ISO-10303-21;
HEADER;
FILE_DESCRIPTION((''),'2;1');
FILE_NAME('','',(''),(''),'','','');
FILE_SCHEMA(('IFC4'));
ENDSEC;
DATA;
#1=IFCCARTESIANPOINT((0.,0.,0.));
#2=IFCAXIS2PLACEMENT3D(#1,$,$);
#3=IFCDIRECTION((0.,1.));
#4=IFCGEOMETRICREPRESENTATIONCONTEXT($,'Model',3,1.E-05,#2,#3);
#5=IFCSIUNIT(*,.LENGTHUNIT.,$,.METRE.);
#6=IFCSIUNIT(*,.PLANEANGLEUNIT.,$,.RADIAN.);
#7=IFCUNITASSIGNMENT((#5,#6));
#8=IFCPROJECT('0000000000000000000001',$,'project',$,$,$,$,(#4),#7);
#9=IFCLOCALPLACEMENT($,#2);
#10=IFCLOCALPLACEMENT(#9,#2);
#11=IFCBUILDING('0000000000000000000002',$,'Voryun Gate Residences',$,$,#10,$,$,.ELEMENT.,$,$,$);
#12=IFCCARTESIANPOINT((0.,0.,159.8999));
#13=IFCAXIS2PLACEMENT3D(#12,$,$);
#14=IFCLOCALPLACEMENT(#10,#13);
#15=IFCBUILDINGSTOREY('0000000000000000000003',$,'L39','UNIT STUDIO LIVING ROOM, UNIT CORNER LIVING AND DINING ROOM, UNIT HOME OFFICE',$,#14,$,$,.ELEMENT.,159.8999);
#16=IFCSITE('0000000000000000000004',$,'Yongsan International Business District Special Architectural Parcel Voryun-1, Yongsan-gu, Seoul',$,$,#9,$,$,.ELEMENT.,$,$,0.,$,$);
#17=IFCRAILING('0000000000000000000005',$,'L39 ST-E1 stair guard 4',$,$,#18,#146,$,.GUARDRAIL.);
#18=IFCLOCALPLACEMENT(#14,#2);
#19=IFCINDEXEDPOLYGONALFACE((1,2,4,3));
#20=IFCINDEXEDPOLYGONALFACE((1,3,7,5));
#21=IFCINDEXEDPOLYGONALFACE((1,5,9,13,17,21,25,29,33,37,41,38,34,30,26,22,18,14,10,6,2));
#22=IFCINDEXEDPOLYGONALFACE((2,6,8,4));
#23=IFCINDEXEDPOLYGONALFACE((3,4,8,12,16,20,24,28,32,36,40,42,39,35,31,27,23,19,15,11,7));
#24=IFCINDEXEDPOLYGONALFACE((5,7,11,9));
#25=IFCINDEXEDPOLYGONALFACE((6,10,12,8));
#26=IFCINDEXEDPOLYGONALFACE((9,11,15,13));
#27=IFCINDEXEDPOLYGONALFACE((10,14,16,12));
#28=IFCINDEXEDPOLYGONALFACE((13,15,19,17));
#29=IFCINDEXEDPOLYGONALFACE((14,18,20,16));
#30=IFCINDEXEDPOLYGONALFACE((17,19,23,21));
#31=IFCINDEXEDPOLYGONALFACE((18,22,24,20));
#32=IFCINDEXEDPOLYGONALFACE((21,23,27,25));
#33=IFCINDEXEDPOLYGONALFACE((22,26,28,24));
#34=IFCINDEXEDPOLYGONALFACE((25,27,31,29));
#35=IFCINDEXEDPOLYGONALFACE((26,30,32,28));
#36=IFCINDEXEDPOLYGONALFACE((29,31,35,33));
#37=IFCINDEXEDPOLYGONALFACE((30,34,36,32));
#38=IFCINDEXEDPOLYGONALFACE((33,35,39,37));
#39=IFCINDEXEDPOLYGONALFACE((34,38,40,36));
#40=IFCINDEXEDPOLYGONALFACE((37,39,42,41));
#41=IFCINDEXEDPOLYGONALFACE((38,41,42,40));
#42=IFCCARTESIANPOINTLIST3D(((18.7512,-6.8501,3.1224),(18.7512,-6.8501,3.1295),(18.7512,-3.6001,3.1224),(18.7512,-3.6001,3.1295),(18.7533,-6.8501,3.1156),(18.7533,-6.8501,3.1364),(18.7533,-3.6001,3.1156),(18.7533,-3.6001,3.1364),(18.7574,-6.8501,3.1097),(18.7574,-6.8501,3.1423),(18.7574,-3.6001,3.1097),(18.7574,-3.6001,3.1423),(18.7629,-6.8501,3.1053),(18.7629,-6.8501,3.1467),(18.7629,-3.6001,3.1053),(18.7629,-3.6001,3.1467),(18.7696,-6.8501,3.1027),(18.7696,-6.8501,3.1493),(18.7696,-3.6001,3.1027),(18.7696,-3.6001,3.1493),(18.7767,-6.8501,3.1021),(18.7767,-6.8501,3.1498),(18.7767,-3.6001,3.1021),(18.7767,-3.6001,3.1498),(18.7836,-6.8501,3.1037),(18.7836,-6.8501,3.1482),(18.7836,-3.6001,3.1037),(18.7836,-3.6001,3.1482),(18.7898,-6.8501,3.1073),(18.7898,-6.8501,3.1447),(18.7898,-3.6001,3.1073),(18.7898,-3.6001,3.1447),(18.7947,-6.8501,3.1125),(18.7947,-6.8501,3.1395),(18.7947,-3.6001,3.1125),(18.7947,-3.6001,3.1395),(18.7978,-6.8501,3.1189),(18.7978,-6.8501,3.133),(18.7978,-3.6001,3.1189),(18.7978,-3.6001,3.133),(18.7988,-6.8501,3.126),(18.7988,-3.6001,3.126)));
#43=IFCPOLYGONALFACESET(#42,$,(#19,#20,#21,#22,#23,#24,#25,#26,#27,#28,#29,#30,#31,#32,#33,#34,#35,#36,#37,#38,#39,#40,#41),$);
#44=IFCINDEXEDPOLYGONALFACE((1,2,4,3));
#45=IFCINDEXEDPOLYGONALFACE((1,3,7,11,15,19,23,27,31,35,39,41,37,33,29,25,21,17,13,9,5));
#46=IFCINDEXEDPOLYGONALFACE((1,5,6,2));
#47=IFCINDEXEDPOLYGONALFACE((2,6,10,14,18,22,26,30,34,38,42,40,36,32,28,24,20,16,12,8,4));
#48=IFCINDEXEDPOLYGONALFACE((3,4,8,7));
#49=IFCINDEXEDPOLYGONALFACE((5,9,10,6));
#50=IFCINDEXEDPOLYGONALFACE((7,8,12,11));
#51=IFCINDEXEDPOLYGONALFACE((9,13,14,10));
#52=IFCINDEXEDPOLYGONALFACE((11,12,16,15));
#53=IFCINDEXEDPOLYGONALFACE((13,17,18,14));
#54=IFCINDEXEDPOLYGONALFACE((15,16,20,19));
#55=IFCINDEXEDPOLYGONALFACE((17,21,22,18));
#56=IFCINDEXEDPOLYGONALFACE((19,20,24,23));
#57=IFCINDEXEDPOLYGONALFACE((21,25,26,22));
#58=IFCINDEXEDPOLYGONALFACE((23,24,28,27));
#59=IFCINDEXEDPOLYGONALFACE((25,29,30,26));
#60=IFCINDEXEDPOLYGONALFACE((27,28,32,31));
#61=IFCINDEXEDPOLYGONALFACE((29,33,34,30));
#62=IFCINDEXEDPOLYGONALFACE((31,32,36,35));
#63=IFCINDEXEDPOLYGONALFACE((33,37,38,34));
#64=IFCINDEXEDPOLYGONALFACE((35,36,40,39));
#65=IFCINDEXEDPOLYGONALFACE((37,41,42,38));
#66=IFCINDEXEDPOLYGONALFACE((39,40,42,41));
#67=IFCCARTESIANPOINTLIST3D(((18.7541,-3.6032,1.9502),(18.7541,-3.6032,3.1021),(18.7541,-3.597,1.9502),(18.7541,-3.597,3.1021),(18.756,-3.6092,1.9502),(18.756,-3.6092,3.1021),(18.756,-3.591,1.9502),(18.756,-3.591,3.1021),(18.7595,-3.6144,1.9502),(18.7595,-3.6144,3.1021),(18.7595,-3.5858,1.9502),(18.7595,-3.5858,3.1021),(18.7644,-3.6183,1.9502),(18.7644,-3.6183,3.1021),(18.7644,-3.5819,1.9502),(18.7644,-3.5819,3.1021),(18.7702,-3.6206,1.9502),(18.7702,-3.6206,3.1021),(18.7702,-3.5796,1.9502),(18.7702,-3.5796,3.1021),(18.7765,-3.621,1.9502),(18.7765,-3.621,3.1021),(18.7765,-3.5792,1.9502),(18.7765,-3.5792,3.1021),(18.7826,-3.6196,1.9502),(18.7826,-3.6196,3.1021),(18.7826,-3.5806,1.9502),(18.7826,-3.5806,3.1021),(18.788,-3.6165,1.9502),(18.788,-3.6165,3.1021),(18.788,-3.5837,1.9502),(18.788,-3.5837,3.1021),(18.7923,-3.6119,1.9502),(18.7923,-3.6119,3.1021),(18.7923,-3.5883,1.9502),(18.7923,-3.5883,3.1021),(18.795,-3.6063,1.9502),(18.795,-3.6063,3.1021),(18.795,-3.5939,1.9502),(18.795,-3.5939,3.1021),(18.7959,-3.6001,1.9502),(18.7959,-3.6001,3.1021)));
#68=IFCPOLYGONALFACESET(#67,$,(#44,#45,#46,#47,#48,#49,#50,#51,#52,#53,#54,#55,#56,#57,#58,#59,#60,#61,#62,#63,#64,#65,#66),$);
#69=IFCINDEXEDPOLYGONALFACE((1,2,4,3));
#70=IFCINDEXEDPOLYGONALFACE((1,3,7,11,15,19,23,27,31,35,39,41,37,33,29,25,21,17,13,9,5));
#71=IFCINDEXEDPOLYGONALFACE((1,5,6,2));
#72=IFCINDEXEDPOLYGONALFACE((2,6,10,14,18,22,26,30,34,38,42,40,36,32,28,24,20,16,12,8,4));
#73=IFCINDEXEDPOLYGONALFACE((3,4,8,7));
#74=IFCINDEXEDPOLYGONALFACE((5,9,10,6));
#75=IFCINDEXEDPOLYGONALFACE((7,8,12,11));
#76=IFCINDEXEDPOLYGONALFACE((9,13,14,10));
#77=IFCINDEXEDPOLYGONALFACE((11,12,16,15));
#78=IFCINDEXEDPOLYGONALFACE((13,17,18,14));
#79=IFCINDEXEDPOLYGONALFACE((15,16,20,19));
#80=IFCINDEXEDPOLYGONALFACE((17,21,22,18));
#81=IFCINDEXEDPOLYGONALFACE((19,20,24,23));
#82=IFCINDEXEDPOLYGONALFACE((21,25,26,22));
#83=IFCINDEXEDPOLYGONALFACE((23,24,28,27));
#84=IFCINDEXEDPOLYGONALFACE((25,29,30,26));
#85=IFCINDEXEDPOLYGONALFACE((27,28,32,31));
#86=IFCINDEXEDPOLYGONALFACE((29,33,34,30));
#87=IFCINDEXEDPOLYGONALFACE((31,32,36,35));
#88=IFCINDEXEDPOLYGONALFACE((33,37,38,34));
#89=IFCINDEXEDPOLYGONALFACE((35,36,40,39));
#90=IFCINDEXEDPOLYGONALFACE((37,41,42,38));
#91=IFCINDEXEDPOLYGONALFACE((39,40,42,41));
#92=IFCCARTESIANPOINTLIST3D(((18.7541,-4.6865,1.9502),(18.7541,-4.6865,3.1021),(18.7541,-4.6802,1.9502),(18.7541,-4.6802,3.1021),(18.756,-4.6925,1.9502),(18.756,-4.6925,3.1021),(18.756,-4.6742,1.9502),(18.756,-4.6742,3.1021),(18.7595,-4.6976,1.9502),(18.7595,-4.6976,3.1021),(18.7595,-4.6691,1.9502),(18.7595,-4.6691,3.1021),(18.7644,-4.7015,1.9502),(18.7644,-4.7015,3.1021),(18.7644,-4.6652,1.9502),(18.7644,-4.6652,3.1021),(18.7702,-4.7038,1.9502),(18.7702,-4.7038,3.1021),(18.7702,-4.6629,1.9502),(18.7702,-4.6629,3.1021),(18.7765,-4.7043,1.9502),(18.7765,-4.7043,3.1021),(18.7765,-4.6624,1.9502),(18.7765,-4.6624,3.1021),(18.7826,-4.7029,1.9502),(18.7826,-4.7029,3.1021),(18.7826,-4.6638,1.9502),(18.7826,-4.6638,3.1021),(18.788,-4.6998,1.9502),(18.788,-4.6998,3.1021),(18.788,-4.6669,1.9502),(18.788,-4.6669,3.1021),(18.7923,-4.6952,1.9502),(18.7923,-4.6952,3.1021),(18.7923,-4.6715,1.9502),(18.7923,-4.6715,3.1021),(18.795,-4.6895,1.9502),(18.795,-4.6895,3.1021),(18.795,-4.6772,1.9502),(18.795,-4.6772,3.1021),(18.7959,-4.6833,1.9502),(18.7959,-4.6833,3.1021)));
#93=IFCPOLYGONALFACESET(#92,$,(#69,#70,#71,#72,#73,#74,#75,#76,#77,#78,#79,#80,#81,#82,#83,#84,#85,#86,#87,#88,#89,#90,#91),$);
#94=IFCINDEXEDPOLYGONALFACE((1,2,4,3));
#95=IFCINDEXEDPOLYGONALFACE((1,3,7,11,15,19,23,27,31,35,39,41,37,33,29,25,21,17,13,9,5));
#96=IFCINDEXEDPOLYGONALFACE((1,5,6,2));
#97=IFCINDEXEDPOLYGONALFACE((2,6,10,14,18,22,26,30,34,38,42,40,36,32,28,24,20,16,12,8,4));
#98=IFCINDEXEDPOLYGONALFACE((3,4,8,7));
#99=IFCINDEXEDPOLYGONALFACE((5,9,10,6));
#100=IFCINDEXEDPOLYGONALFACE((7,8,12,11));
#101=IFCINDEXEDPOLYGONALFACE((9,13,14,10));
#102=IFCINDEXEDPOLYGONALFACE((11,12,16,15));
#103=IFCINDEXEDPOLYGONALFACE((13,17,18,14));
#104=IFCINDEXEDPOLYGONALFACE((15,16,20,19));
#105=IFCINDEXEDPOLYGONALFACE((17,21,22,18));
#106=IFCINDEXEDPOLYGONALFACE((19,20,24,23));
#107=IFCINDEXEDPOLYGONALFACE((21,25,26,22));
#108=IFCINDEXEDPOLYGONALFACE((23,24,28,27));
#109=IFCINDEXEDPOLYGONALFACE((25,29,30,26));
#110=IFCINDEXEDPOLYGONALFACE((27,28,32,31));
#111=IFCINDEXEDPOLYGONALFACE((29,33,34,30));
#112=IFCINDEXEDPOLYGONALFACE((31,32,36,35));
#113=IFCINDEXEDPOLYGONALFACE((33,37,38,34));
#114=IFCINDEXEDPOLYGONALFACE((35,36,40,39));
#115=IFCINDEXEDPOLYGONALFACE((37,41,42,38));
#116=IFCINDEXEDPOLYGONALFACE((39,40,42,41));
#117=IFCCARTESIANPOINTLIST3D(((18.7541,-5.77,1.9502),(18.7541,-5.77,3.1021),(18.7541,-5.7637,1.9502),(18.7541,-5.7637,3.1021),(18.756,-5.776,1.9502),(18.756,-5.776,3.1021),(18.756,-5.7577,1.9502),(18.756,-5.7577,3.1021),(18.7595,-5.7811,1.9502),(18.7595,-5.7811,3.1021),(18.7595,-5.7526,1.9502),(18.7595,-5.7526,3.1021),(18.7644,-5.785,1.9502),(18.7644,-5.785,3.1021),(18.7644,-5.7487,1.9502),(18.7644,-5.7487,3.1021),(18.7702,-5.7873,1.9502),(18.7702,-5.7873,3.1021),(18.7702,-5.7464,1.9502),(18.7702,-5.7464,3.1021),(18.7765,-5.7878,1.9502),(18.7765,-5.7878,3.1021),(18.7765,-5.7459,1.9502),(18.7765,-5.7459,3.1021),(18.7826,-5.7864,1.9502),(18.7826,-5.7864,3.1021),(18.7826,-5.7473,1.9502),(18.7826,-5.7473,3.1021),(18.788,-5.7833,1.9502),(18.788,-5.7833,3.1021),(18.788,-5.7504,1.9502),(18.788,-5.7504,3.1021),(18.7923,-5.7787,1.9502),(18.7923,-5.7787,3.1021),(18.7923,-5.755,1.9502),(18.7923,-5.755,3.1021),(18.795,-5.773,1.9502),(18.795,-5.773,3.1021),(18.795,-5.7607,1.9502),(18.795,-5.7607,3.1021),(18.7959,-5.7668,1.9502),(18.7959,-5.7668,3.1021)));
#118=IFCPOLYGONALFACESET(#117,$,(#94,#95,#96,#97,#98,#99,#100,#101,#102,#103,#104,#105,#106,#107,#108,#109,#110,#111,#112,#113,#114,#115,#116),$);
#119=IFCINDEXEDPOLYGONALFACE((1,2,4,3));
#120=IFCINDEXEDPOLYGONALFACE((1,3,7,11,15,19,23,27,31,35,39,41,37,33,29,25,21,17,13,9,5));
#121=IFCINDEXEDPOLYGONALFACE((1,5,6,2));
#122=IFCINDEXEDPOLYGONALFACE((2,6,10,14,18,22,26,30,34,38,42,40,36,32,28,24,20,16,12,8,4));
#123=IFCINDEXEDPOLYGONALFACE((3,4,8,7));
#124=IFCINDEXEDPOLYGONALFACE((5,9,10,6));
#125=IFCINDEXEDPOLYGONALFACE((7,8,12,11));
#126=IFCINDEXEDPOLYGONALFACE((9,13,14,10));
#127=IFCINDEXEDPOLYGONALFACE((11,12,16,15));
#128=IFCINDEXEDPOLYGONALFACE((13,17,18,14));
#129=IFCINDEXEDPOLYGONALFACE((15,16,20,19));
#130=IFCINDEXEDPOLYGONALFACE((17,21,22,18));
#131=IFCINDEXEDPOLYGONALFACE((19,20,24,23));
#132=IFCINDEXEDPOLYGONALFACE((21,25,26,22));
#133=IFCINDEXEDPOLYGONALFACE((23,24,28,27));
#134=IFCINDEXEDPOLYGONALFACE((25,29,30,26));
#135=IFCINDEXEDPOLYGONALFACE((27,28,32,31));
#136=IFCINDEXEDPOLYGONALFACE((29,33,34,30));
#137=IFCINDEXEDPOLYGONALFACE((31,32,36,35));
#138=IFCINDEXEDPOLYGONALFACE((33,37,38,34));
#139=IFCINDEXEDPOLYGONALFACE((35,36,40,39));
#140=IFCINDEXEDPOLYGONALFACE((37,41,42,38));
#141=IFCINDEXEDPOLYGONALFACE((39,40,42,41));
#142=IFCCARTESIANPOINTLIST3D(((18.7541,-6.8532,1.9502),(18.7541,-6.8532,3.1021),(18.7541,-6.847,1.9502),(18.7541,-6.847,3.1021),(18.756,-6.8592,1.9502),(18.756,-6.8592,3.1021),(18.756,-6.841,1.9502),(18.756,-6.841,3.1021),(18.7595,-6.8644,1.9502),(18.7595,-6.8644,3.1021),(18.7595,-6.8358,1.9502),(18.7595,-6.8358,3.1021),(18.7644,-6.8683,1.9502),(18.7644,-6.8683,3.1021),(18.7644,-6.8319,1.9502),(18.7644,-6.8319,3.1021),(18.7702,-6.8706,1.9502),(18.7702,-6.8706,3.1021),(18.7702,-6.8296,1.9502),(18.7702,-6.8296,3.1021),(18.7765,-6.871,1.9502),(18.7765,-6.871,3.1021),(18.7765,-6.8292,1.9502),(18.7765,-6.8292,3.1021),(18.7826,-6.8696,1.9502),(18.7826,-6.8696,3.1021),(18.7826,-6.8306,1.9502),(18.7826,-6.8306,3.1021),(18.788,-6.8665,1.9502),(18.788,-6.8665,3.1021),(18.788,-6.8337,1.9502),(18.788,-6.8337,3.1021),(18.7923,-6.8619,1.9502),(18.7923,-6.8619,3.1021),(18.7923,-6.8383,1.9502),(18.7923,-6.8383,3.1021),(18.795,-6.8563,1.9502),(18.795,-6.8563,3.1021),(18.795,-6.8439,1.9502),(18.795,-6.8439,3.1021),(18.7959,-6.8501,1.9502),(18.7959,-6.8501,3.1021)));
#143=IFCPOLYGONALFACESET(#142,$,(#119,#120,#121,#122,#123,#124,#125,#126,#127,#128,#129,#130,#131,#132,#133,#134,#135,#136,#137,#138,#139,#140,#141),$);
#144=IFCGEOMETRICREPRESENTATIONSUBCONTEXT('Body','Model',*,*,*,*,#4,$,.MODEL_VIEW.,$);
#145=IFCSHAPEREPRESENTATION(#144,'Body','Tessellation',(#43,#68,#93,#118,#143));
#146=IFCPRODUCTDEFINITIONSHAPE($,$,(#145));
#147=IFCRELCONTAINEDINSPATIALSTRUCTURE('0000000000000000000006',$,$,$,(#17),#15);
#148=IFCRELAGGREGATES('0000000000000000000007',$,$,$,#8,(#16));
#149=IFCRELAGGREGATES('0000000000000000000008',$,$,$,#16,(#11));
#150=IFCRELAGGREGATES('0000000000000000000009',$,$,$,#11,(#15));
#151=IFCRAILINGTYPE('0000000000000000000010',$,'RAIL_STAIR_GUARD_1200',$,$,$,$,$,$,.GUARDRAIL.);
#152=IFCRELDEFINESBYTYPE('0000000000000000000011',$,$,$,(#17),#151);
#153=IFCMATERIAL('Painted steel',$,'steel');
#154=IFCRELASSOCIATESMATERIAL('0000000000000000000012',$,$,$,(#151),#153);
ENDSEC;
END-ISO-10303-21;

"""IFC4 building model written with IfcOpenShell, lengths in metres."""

from ifc_helpers import new_model, si_unit, direction, frame, origin, origin_2d, place, context, subcontext, project, spatial, circle, extrude, material, type_object, element, save


model = new_model("IFC4")

# Units and contexts
model_context = context("Model", 3, precision=1e-05, world=origin(), true_north=direction((0.0, 1.0)))
body_context = subcontext(model_context, "Body", "Model", "MODEL_VIEW")
ifc_project = project(units=[si_unit("LENGTHUNIT", "METRE"), si_unit("PLANEANGLEUNIT", "RADIAN")], contexts=[model_context])

# Site, building, storey
site_placement = place(None, origin())
site = spatial("IfcSite", under=ifc_project, at=site_placement, Name="Yongsan International Business District Special Architectural Parcel Voryun-1, Yongsan-gu, Seoul", CompositionType="ELEMENT", RefElevation=0.0)
building_placement = place(site_placement, origin())
building = spatial("IfcBuilding", under=site, at=building_placement, Name="Voryun Gate Residences", CompositionType="ELEMENT")
storey_placement = place(building_placement, frame((0.0, 0.0, 159.8999)))
storey = spatial("IfcBuildingStorey", under=building, at=storey_placement, Name="L39", Description="UNIT STUDIO LIVING ROOM, UNIT CORNER LIVING AND DINING ROOM, UNIT HOME OFFICE", CompositionType="ELEMENT", Elevation=159.8999)

# Railing
ifc_material_1 = material(Name="Painted steel", Category="steel")
railing_type_1 = type_object("IfcRailingType", Name="RAIL_STAIR_GUARD_1200", PredefinedType="GUARDRAIL", material=ifc_material_1)
for number, where, name in (
    (1, (18.7749, -3.6001, 1.9502), "L39 ST-E1 stair guard 4"),
):
    element("IfcRailing", number, at=place(storey_placement, frame(where)), inside=storey, type_object=railing_type_1, Name=name, PredefinedType="GUARDRAIL", context=body_context, shape_type="SweptSolid", body=[
        extrude(circle(Radius=0.0239, at=origin_2d()), frame((0.0, 0.0, 1.1758), z_axis=(0.0, -1.0, 0.0), x_axis=(1.0, 0.0, 0.0)), (0.0, 0.0, 1.0), 3.25),
        extrude(circle(Radius=0.021, at=origin_2d()), origin(), (0.0, 0.0, 1.0), 1.1519),
        extrude(circle(Radius=0.021, at=origin_2d()), frame((0.0, -1.0833, 0.0)), (0.0, 0.0, 1.0), 1.1519),
        extrude(circle(Radius=0.021, at=origin_2d()), frame((0.0, -2.1667, 0.0)), (0.0, 0.0, 1.0), 1.1519),
        extrude(circle(Radius=0.021, at=origin_2d()), frame((0.0, -3.25, 0.0)), (0.0, 0.0, 1.0), 1.1519),
    ])

save(model, "model.ifc")
